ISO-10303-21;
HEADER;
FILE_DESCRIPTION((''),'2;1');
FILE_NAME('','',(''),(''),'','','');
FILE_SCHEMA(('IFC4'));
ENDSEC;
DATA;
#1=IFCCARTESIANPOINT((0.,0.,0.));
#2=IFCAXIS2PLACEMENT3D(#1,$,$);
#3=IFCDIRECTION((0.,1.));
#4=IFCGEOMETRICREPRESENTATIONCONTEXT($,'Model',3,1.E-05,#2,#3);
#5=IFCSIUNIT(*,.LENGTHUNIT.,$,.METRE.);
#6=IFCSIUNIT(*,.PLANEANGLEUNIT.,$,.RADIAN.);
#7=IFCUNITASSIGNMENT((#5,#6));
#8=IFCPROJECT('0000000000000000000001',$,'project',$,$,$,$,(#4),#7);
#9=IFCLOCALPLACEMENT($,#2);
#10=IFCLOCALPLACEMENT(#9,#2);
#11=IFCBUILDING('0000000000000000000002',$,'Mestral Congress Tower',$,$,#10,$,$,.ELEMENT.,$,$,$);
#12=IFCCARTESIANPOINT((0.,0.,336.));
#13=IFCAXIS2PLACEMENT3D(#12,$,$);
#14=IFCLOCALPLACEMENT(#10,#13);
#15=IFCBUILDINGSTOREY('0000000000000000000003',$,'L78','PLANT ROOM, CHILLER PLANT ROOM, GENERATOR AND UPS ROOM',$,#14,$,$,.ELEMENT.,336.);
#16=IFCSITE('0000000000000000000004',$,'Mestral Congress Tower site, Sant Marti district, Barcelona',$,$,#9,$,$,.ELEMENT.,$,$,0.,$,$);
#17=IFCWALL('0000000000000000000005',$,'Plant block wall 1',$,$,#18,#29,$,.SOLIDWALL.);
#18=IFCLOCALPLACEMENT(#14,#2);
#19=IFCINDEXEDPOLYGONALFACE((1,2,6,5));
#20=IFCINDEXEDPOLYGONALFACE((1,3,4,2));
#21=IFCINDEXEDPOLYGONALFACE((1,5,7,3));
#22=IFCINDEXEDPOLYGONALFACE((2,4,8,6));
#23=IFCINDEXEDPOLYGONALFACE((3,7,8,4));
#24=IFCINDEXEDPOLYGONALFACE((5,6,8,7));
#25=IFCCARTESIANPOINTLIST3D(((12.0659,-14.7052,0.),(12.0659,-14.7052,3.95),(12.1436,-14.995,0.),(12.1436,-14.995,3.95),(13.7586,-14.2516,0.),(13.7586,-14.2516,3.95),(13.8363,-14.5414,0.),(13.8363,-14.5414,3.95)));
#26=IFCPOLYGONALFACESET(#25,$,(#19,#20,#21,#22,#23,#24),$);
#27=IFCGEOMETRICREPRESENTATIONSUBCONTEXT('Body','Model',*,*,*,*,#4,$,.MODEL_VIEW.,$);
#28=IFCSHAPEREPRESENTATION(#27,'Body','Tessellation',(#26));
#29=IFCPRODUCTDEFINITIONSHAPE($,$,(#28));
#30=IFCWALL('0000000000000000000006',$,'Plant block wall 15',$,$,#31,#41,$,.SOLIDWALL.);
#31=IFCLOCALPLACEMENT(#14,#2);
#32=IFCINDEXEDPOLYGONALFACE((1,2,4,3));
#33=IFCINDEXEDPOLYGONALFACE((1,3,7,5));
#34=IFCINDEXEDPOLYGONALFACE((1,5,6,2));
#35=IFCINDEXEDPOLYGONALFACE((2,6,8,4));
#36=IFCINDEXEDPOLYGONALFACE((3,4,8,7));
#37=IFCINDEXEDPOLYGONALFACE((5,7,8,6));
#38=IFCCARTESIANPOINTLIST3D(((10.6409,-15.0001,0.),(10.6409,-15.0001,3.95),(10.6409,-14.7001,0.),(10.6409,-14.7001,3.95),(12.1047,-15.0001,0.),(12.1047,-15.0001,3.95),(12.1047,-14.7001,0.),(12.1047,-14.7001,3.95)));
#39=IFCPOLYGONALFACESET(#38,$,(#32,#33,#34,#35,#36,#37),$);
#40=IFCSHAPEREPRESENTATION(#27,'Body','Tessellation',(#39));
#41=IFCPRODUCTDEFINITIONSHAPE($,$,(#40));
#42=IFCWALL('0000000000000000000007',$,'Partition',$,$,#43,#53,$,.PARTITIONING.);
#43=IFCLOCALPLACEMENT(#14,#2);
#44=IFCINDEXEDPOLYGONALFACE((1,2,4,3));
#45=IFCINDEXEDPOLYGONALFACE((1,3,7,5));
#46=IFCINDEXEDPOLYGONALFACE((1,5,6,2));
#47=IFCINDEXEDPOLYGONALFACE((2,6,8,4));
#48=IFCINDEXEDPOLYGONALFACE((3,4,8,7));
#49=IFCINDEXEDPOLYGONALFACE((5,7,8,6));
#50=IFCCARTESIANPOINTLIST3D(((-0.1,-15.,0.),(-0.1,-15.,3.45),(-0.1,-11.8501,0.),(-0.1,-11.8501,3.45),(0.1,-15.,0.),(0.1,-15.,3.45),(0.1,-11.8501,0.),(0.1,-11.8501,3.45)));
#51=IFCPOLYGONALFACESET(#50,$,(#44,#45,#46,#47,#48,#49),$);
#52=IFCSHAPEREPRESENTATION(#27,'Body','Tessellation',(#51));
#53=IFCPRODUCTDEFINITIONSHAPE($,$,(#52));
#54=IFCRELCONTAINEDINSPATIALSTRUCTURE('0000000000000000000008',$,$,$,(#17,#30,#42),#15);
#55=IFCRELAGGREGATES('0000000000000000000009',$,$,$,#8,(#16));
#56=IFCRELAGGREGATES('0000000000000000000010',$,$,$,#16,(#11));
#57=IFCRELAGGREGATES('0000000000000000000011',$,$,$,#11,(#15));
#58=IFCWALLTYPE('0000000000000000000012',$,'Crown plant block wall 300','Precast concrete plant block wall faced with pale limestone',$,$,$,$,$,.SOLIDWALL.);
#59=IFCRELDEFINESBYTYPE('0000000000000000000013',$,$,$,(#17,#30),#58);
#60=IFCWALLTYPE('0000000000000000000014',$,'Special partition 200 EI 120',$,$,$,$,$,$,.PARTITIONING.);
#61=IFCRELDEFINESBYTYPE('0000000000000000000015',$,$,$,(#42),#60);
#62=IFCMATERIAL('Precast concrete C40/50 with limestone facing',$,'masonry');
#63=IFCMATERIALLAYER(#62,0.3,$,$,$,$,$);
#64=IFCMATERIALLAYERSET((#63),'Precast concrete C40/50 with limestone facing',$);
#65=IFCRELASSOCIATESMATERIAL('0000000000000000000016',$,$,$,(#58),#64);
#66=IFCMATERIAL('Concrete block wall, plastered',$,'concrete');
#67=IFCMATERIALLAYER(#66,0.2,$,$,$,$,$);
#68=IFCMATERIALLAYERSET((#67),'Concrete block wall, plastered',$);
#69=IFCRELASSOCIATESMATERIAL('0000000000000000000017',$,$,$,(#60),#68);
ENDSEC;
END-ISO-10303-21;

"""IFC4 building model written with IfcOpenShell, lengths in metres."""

from ifc_helpers import new_model, si_unit, direction, frame, frame_2d, origin, place, context, subcontext, project, spatial, rectangle, extrude, material, layer, layer_set, type_object, element, save


model = new_model("IFC4")

# Units and contexts
model_context = context("Model", 3, precision=1e-05, world=origin(), true_north=direction((0.0, 1.0)))
body_context = subcontext(model_context, "Body", "Model", "MODEL_VIEW")
ifc_project = project(units=[si_unit("LENGTHUNIT", "METRE"), si_unit("PLANEANGLEUNIT", "RADIAN")], contexts=[model_context])

# Site, building, storey
site_placement = place(None, origin())
site = spatial("IfcSite", under=ifc_project, at=site_placement, Name="Mestral Congress Tower site, Sant Marti district, Barcelona", CompositionType="ELEMENT", RefElevation=0.0)
building_placement = place(site_placement, origin())
building = spatial("IfcBuilding", under=site, at=building_placement, Name="Mestral Congress Tower", CompositionType="ELEMENT")
storey_placement = place(building_placement, frame((0.0, 0.0, 336.0)))
storey = spatial("IfcBuildingStorey", under=building, at=storey_placement, Name="L78", Description="PLANT ROOM, CHILLER PLANT ROOM, GENERATOR AND UPS ROOM", CompositionType="ELEMENT", Elevation=336.0)

# Walls
ifc_material_1 = material(Name="Precast concrete C40/50 with limestone facing", Category="masonry")
ifc_layer_1 = layer(ifc_material_1, 0.3)
ifc_layer_set_1 = layer_set([ifc_layer_1], Name="Precast concrete C40/50 with limestone facing")
wall_type_1 = type_object("IfcWallType", Name="Crown plant block wall 300", Description="Precast concrete plant block wall faced with pale limestone", PredefinedType="SOLIDWALL", material=ifc_layer_set_1)
wall_1_placement = place(storey_placement, frame((12.1047, -14.8501, 0.0), z_axis=(0.0, 0.0, 1.0), x_axis=(0.965915, 0.258859, 0.0)))
element("IfcWall", 1, at=wall_1_placement, inside=storey, type_object=wall_type_1, Name="Plant block wall 1", PredefinedType="SOLIDWALL", context=body_context, shape_type="SweptSolid", body=[
    extrude(rectangle(XDim=1.7524, YDim=0.3, at=frame_2d((0.8762, 0.0))), origin(), (0.0, 0.0, 1.0), 3.95),
])
wall_2_placement = place(storey_placement, frame((10.6409, -14.8501, 0.0), z_axis=(0.0, 0.0, 1.0), x_axis=(1.0, 0.0, 0.0)))
element("IfcWall", 2, at=wall_2_placement, inside=storey, type_object=wall_type_1, Name="Plant block wall 15", PredefinedType="SOLIDWALL", context=body_context, shape_type="SweptSolid", body=[
    extrude(rectangle(XDim=1.4639, YDim=0.3, at=frame_2d((0.7319, 0.0))), origin(), (0.0, 0.0, 1.0), 3.95),
])
ifc_material_2 = material(Name="Concrete block wall, plastered", Category="concrete")
ifc_layer_2 = layer(ifc_material_2, 0.2)
ifc_layer_set_2 = layer_set([ifc_layer_2], Name="Concrete block wall, plastered")
wall_type_2 = type_object("IfcWallType", Name="Special partition 200 EI 120", PredefinedType="PARTITIONING", material=ifc_layer_set_2)
wall_3_placement = place(storey_placement, frame((0.0, -11.8501, 0.0), z_axis=(0.0, 0.0, 1.0), x_axis=(0.0, -1.0, 0.0)))
element("IfcWall", 3, at=wall_3_placement, inside=storey, type_object=wall_type_2, Name="Partition", PredefinedType="PARTITIONING", context=body_context, shape_type="SweptSolid", body=[
    extrude(rectangle(XDim=3.1499, YDim=0.2, at=frame_2d((1.575, 0.0))), origin(), (0.0, 0.0, 1.0), 3.45),
])

save(model, "model.ifc")
